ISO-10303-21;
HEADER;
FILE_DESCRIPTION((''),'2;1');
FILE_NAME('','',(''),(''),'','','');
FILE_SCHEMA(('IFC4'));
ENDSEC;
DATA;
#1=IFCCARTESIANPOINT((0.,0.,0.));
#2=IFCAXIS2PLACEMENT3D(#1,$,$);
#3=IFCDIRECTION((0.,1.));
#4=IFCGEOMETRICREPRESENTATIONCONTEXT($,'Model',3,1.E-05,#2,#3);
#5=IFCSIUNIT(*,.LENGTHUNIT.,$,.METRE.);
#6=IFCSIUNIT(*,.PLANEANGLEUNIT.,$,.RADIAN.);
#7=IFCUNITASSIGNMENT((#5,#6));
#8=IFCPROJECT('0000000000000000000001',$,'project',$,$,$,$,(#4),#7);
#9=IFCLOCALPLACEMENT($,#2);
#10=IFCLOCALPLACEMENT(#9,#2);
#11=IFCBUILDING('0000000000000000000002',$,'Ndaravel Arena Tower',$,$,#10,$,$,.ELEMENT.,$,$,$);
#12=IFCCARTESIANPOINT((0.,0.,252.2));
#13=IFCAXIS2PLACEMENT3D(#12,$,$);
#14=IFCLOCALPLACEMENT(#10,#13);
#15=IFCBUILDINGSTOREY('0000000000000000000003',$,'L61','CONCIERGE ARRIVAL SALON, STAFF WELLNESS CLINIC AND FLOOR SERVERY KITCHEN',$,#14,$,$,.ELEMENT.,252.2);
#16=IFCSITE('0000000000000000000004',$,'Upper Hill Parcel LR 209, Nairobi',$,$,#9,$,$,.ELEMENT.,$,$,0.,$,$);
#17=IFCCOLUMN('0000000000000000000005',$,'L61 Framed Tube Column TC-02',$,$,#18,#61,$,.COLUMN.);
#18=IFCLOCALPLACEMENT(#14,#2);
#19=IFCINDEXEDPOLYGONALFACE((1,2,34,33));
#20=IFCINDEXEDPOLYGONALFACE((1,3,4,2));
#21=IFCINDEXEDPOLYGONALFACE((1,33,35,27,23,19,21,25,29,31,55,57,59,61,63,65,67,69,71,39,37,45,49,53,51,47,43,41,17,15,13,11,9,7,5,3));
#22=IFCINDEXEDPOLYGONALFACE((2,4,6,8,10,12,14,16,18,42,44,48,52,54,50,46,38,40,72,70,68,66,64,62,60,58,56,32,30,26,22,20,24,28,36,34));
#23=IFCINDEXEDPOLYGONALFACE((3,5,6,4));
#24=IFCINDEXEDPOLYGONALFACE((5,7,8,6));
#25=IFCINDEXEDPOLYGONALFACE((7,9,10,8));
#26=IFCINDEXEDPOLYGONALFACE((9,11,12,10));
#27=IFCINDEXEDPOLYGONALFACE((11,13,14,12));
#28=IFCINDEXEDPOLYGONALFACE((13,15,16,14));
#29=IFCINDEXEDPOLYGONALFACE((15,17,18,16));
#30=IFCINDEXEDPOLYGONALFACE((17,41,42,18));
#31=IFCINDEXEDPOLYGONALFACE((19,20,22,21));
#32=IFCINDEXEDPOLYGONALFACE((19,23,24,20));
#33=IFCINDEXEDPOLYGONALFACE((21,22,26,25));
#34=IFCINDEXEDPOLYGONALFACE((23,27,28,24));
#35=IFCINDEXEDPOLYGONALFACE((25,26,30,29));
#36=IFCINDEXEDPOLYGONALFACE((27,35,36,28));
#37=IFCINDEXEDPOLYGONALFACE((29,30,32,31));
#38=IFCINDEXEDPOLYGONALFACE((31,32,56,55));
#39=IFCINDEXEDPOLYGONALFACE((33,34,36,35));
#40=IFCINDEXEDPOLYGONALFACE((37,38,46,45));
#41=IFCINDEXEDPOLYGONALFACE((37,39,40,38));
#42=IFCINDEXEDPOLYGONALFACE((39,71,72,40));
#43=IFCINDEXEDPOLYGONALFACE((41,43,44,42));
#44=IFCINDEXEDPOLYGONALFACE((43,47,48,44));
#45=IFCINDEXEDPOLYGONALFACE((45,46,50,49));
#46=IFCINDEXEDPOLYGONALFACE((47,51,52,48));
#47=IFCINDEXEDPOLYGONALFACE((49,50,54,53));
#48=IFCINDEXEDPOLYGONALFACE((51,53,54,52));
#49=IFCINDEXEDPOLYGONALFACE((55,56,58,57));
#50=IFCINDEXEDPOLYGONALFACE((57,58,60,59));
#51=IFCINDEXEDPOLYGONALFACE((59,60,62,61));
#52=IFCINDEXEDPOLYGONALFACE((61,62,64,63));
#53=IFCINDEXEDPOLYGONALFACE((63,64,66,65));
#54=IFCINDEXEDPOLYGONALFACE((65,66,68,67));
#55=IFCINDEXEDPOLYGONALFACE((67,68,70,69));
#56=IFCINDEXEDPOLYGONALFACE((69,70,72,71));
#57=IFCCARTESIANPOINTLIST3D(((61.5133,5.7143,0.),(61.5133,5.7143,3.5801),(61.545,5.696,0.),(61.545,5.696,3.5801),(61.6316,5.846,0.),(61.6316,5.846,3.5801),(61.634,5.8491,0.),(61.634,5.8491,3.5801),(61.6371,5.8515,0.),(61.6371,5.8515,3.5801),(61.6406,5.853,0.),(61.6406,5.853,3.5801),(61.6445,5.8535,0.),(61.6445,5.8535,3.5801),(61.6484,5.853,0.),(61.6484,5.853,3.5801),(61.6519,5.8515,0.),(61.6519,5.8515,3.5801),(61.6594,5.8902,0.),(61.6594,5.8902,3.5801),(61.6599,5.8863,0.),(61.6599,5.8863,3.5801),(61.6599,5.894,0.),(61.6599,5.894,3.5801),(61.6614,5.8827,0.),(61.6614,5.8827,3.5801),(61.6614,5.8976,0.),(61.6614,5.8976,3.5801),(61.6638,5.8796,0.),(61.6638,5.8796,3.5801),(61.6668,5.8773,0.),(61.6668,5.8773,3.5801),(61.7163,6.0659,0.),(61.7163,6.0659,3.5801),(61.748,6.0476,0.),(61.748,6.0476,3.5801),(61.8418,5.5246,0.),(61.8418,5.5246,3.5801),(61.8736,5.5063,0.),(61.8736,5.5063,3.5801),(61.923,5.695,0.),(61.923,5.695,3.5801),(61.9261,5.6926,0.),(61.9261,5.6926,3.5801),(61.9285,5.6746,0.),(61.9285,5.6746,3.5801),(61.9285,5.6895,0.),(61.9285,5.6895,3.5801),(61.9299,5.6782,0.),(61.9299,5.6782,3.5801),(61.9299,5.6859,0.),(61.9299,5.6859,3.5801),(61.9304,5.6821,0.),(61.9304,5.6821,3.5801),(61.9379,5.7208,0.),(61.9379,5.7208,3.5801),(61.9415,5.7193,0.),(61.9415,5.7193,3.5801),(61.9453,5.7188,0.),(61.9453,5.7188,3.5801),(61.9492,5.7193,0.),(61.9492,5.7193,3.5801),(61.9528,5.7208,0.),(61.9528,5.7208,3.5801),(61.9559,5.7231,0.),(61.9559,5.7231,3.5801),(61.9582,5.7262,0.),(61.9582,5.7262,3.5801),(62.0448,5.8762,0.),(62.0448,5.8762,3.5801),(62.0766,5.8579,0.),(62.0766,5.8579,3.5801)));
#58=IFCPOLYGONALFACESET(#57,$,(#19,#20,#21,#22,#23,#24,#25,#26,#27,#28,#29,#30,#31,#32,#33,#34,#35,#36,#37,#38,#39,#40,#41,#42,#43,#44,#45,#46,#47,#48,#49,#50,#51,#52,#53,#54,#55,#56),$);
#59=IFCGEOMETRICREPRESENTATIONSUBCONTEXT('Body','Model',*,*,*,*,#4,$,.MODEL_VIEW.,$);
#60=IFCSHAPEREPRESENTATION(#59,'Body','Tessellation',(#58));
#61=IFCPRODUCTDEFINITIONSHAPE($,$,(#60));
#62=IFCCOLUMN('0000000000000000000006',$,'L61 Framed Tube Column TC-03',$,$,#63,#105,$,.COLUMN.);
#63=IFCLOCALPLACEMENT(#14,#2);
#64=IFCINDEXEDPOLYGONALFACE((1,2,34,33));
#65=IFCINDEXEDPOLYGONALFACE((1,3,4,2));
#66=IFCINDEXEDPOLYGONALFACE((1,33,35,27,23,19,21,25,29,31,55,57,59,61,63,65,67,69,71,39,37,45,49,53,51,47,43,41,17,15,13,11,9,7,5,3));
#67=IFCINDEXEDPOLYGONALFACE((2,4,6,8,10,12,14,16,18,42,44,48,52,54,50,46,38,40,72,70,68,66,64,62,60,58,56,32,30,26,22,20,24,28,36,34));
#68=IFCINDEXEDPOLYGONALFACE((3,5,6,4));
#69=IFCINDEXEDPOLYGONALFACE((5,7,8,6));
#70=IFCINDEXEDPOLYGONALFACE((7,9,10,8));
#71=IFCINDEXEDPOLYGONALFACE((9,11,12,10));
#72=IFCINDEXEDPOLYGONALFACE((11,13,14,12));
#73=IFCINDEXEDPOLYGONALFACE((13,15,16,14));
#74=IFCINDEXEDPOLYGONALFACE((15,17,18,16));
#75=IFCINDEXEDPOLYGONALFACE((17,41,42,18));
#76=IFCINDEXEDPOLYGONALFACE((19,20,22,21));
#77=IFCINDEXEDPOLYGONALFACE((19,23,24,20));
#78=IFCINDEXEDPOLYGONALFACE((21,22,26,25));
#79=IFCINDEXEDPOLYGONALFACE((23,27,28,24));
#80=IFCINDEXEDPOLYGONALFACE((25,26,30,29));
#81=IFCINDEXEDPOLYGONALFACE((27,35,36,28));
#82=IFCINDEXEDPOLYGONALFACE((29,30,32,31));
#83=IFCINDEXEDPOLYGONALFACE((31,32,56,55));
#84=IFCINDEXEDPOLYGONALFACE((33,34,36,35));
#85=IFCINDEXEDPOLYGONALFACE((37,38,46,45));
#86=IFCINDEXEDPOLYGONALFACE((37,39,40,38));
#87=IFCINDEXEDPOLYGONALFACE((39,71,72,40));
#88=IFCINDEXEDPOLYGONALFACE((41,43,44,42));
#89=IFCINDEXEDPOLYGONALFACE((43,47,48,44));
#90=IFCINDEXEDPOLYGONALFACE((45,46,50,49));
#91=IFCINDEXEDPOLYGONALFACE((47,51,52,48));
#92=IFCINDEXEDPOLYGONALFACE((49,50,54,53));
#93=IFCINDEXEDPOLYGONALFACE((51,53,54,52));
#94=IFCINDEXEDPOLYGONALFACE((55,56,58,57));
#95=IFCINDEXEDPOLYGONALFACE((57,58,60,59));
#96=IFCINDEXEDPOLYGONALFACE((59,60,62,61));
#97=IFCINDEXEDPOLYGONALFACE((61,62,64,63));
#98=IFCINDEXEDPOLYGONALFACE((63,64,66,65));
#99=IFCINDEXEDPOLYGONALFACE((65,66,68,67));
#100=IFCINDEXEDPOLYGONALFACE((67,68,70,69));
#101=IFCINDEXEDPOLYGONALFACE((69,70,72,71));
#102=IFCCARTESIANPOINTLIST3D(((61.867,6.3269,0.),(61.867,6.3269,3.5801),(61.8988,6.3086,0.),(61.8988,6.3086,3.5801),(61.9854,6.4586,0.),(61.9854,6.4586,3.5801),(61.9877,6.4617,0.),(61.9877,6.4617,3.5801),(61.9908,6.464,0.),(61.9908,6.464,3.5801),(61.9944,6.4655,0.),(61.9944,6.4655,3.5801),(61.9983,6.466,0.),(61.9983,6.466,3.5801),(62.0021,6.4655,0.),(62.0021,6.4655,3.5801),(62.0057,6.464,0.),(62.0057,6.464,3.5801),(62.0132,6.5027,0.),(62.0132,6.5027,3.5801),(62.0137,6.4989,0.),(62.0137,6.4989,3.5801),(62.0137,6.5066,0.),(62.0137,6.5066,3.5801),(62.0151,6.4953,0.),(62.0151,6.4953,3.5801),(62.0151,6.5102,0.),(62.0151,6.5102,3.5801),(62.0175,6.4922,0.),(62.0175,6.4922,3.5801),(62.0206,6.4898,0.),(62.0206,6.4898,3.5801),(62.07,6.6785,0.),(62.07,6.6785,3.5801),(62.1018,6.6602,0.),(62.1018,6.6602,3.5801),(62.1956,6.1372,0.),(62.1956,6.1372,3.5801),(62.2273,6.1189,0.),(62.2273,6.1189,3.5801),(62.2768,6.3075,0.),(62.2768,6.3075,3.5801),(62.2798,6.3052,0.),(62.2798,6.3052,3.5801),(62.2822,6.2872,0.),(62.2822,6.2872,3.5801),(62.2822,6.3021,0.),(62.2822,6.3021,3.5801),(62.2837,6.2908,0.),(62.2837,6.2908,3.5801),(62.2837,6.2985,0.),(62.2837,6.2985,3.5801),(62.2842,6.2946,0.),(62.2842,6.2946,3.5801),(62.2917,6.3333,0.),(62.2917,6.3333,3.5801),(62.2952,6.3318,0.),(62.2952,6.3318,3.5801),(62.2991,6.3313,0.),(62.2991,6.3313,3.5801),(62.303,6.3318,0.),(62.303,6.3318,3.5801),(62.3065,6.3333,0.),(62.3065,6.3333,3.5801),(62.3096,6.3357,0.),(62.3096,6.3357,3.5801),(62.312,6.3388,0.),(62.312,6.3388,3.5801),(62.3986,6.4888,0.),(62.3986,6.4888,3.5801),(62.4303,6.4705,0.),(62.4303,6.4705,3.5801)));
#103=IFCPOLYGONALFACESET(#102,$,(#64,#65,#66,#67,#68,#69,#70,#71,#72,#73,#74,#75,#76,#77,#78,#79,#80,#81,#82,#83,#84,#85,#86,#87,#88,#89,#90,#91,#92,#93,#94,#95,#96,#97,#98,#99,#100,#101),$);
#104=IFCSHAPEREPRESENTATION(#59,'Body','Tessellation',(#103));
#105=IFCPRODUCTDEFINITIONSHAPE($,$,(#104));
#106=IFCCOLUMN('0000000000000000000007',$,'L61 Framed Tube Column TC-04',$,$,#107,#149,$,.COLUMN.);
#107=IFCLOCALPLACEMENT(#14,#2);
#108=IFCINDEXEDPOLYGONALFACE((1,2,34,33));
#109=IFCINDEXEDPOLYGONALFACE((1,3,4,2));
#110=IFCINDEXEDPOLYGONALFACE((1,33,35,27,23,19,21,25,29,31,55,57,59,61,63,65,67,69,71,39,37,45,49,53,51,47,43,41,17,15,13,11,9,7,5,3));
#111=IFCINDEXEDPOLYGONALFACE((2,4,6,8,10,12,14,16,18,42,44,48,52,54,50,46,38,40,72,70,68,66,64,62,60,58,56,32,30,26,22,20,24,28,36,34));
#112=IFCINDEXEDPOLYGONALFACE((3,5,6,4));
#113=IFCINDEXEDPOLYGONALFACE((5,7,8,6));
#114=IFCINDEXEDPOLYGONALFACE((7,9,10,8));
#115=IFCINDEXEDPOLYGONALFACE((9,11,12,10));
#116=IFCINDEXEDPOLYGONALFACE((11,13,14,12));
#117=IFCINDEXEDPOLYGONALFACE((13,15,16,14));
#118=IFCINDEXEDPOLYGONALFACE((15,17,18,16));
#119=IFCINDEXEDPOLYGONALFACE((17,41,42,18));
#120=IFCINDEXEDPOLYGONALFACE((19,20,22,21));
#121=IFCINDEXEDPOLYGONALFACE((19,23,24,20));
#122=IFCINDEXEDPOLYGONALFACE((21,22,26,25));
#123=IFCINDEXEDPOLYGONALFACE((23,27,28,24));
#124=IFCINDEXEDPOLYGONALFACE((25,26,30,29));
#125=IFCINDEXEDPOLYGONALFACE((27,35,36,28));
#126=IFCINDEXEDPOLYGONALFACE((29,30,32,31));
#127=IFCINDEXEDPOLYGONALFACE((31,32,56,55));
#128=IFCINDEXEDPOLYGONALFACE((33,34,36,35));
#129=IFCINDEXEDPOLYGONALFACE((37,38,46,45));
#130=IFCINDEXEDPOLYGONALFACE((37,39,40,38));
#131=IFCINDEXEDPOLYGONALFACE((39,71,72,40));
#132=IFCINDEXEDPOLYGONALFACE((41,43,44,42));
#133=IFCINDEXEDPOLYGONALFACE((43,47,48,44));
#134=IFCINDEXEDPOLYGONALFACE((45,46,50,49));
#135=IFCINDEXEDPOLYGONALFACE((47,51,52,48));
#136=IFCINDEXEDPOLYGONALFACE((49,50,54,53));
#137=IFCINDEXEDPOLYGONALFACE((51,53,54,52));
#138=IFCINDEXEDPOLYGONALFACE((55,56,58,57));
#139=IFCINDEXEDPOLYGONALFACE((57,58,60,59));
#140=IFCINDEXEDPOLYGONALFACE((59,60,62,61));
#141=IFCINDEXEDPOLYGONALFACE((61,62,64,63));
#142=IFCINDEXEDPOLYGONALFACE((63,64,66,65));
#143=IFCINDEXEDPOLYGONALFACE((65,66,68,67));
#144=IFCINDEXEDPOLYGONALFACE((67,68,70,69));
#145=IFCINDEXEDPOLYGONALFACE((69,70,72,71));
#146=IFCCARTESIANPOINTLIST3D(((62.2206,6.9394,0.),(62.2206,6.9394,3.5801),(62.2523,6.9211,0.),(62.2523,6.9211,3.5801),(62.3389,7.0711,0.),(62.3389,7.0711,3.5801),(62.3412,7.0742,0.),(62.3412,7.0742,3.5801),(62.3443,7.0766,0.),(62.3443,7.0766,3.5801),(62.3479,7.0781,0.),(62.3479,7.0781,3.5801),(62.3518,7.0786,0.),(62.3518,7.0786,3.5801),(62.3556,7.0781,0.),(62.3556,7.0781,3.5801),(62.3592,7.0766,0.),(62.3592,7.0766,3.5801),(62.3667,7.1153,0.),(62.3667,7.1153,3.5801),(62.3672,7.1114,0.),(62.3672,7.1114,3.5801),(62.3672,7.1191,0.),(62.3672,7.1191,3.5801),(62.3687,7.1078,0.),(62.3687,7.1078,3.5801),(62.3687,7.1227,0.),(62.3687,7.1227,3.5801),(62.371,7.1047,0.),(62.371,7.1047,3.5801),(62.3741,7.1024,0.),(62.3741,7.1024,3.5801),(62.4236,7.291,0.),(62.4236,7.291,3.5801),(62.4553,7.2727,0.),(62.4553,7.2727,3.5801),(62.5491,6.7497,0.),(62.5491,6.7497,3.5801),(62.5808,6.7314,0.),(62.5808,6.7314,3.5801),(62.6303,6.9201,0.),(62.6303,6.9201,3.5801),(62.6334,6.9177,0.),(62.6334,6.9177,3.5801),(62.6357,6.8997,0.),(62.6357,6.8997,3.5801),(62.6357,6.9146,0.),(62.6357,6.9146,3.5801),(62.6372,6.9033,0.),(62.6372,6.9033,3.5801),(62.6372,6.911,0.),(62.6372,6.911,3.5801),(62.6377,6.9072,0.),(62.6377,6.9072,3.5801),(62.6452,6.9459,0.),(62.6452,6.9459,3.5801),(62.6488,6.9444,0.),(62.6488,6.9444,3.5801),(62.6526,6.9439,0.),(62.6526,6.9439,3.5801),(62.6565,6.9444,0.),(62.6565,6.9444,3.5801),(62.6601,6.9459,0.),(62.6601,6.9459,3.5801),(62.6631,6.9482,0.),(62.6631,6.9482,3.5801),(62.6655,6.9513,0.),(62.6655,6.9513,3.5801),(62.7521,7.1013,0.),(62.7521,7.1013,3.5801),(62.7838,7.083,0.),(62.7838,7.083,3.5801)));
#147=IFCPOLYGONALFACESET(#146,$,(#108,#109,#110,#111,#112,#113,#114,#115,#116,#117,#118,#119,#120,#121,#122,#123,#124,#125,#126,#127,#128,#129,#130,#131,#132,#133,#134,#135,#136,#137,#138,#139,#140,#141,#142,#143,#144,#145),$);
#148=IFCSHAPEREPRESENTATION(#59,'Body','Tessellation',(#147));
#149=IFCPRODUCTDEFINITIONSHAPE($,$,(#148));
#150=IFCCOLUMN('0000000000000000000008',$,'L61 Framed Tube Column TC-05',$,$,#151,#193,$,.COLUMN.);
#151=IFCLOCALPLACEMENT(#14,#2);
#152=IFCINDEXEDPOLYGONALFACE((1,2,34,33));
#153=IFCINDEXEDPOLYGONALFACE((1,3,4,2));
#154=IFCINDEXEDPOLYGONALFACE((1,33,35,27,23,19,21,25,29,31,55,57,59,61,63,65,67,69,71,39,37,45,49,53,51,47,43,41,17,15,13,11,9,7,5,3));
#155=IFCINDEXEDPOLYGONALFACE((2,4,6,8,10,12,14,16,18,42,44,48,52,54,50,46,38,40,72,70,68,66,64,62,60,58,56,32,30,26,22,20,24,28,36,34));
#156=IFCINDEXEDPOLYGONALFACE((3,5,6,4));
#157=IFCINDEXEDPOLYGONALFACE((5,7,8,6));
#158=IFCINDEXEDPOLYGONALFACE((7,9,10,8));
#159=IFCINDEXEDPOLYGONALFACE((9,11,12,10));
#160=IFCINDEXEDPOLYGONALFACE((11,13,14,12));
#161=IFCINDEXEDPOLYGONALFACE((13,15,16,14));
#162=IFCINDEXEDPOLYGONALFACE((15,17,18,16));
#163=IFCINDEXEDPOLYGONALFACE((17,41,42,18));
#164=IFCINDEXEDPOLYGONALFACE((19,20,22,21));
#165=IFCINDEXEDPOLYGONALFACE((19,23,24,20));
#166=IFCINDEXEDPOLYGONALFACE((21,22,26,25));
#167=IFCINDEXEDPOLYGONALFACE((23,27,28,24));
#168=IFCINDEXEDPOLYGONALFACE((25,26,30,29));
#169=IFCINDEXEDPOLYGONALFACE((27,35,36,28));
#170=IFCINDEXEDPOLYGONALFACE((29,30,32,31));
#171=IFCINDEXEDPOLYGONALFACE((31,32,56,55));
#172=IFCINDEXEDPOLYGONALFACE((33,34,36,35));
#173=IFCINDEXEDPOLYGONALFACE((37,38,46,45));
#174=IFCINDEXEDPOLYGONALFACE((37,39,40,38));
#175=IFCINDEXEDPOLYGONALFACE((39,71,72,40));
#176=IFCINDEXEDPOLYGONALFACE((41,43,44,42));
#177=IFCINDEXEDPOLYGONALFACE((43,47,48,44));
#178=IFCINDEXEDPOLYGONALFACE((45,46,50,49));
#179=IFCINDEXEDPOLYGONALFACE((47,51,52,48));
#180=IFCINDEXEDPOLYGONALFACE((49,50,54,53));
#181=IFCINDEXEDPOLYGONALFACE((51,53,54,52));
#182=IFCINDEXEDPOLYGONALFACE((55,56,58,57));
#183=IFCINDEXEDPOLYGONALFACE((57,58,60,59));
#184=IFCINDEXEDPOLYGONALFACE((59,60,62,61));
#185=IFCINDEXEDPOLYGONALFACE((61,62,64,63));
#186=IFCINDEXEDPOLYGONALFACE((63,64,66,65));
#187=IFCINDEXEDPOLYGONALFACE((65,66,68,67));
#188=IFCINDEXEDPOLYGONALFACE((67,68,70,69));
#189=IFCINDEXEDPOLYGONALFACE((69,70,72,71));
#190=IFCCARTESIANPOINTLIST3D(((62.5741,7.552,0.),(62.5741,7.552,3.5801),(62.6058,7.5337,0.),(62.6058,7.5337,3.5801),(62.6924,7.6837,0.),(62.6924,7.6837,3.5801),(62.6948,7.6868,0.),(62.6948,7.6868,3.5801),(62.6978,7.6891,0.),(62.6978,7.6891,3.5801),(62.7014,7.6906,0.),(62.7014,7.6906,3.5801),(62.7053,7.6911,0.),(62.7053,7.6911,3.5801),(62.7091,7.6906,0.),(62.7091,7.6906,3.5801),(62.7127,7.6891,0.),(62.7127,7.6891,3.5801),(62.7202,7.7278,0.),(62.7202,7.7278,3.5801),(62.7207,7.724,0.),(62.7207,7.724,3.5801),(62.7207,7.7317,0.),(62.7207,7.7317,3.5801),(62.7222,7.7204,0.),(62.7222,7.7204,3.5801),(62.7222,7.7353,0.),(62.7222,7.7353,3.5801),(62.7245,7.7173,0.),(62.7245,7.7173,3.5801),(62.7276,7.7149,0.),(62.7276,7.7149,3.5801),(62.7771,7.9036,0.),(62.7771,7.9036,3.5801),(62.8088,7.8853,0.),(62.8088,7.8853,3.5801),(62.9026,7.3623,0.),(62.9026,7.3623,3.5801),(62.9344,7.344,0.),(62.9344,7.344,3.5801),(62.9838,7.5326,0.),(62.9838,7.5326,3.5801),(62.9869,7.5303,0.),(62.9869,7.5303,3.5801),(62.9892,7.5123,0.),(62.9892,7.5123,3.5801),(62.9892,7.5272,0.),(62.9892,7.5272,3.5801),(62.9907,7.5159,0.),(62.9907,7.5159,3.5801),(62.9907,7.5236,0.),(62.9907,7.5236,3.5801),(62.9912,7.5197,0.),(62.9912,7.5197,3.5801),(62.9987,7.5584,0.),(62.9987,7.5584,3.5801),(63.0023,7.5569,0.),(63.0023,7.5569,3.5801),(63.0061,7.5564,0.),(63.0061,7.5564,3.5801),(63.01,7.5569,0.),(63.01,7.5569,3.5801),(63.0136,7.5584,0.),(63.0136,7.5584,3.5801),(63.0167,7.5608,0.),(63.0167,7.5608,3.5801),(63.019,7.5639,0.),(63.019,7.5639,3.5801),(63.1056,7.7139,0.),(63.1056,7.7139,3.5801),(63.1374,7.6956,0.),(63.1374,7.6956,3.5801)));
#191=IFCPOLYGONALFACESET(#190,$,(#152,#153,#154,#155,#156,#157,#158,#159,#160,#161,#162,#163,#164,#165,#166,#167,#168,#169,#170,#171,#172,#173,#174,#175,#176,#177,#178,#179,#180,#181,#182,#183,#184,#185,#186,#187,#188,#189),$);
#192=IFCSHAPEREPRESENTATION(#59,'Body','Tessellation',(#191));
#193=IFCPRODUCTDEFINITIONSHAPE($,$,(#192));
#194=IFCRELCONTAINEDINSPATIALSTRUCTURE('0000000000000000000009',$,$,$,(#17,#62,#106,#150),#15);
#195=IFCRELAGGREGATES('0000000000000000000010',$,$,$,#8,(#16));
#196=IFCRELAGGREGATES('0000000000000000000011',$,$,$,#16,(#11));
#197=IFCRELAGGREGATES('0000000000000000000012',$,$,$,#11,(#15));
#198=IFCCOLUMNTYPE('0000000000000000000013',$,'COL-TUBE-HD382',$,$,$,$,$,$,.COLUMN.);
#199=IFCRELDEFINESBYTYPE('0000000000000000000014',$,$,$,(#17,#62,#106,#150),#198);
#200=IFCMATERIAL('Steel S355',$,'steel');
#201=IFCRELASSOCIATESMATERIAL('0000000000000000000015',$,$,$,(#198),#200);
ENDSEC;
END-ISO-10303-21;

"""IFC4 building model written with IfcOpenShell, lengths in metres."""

from ifc_helpers import new_model, si_unit, direction, frame, origin, origin_2d, place, context, subcontext, project, spatial, i_section, extrude, material, material_profile, profile_set, type_object, element, save


model = new_model("IFC4")

# Units and contexts
model_context = context("Model", 3, precision=1e-05, world=origin(), true_north=direction((0.0, 1.0)))
body_context = subcontext(model_context, "Body", "Model", "MODEL_VIEW")
ifc_project = project(units=[si_unit("LENGTHUNIT", "METRE"), si_unit("PLANEANGLEUNIT", "RADIAN")], contexts=[model_context])

# Site, building, storey
site_placement = place(None, origin())
site = spatial("IfcSite", under=ifc_project, at=site_placement, Name="Upper Hill Parcel LR 209, Nairobi", CompositionType="ELEMENT", RefElevation=0.0)
building_placement = place(site_placement, origin())
building = spatial("IfcBuilding", under=site, at=building_placement, Name="Ndaravel Arena Tower", CompositionType="ELEMENT")
storey_placement = place(building_placement, frame((0.0, 0.0, 252.2)))
storey = spatial("IfcBuildingStorey", under=building, at=storey_placement, Name="L61", Description="CONCIERGE ARRIVAL SALON, STAFF WELLNESS CLINIC AND FLOOR SERVERY KITCHEN", CompositionType="ELEMENT", Elevation=252.2)

# Columns
ifc_material_1 = material(Name="Steel S355", Category="steel")
ifc_material_profile_1 = material_profile(ifc_material_1, i_section(OverallWidth=0.406, OverallDepth=0.416, WebThickness=0.0298, FlangeThickness=0.0366, FilletRadius=0.0149, at=origin_2d()), Name="HD 400x382")
ifc_profile_set_1 = profile_set([ifc_material_profile_1], Name="Steel S355")
column_type = type_object("IfcColumnType", Name="COL-TUBE-HD382", PredefinedType="COLUMN", material=ifc_profile_set_1)
for number, where, z_axis, x_axis, name in (
    (1, (61.7949, 5.7861, 0.0), (0.0, 0.0, 1.0), (0.5, 0.866025, 0.0), "L61 Framed Tube Column TC-02"),
    (2, (62.1487, 6.3987, 0.0), (0.0, 0.0, 1.0), (0.5, 0.866025, 0.0), "L61 Framed Tube Column TC-03"),
    (3, (62.5022, 7.0112, 0.0), (0.0, 0.0, 1.0), (0.5, 0.866025, 0.0), "L61 Framed Tube Column TC-04"),
    (4, (62.8557, 7.6238, 0.0), (0.0, 0.0, 1.0), (0.5, 0.866025, 0.0), "L61 Framed Tube Column TC-05"),
):
    element("IfcColumn", number, at=place(storey_placement, frame(where, z_axis=z_axis, x_axis=x_axis)), inside=storey, type_object=column_type, Name=name, PredefinedType="COLUMN", context=body_context, shape_type="SweptSolid", body=[
        extrude(i_section(OverallWidth=0.406, OverallDepth=0.416, WebThickness=0.0298, FlangeThickness=0.0366, FilletRadius=0.0149, at=origin_2d()), origin(), (0.0, 0.0, 1.0), 3.5801),
    ])

save(model, "model.ifc")
